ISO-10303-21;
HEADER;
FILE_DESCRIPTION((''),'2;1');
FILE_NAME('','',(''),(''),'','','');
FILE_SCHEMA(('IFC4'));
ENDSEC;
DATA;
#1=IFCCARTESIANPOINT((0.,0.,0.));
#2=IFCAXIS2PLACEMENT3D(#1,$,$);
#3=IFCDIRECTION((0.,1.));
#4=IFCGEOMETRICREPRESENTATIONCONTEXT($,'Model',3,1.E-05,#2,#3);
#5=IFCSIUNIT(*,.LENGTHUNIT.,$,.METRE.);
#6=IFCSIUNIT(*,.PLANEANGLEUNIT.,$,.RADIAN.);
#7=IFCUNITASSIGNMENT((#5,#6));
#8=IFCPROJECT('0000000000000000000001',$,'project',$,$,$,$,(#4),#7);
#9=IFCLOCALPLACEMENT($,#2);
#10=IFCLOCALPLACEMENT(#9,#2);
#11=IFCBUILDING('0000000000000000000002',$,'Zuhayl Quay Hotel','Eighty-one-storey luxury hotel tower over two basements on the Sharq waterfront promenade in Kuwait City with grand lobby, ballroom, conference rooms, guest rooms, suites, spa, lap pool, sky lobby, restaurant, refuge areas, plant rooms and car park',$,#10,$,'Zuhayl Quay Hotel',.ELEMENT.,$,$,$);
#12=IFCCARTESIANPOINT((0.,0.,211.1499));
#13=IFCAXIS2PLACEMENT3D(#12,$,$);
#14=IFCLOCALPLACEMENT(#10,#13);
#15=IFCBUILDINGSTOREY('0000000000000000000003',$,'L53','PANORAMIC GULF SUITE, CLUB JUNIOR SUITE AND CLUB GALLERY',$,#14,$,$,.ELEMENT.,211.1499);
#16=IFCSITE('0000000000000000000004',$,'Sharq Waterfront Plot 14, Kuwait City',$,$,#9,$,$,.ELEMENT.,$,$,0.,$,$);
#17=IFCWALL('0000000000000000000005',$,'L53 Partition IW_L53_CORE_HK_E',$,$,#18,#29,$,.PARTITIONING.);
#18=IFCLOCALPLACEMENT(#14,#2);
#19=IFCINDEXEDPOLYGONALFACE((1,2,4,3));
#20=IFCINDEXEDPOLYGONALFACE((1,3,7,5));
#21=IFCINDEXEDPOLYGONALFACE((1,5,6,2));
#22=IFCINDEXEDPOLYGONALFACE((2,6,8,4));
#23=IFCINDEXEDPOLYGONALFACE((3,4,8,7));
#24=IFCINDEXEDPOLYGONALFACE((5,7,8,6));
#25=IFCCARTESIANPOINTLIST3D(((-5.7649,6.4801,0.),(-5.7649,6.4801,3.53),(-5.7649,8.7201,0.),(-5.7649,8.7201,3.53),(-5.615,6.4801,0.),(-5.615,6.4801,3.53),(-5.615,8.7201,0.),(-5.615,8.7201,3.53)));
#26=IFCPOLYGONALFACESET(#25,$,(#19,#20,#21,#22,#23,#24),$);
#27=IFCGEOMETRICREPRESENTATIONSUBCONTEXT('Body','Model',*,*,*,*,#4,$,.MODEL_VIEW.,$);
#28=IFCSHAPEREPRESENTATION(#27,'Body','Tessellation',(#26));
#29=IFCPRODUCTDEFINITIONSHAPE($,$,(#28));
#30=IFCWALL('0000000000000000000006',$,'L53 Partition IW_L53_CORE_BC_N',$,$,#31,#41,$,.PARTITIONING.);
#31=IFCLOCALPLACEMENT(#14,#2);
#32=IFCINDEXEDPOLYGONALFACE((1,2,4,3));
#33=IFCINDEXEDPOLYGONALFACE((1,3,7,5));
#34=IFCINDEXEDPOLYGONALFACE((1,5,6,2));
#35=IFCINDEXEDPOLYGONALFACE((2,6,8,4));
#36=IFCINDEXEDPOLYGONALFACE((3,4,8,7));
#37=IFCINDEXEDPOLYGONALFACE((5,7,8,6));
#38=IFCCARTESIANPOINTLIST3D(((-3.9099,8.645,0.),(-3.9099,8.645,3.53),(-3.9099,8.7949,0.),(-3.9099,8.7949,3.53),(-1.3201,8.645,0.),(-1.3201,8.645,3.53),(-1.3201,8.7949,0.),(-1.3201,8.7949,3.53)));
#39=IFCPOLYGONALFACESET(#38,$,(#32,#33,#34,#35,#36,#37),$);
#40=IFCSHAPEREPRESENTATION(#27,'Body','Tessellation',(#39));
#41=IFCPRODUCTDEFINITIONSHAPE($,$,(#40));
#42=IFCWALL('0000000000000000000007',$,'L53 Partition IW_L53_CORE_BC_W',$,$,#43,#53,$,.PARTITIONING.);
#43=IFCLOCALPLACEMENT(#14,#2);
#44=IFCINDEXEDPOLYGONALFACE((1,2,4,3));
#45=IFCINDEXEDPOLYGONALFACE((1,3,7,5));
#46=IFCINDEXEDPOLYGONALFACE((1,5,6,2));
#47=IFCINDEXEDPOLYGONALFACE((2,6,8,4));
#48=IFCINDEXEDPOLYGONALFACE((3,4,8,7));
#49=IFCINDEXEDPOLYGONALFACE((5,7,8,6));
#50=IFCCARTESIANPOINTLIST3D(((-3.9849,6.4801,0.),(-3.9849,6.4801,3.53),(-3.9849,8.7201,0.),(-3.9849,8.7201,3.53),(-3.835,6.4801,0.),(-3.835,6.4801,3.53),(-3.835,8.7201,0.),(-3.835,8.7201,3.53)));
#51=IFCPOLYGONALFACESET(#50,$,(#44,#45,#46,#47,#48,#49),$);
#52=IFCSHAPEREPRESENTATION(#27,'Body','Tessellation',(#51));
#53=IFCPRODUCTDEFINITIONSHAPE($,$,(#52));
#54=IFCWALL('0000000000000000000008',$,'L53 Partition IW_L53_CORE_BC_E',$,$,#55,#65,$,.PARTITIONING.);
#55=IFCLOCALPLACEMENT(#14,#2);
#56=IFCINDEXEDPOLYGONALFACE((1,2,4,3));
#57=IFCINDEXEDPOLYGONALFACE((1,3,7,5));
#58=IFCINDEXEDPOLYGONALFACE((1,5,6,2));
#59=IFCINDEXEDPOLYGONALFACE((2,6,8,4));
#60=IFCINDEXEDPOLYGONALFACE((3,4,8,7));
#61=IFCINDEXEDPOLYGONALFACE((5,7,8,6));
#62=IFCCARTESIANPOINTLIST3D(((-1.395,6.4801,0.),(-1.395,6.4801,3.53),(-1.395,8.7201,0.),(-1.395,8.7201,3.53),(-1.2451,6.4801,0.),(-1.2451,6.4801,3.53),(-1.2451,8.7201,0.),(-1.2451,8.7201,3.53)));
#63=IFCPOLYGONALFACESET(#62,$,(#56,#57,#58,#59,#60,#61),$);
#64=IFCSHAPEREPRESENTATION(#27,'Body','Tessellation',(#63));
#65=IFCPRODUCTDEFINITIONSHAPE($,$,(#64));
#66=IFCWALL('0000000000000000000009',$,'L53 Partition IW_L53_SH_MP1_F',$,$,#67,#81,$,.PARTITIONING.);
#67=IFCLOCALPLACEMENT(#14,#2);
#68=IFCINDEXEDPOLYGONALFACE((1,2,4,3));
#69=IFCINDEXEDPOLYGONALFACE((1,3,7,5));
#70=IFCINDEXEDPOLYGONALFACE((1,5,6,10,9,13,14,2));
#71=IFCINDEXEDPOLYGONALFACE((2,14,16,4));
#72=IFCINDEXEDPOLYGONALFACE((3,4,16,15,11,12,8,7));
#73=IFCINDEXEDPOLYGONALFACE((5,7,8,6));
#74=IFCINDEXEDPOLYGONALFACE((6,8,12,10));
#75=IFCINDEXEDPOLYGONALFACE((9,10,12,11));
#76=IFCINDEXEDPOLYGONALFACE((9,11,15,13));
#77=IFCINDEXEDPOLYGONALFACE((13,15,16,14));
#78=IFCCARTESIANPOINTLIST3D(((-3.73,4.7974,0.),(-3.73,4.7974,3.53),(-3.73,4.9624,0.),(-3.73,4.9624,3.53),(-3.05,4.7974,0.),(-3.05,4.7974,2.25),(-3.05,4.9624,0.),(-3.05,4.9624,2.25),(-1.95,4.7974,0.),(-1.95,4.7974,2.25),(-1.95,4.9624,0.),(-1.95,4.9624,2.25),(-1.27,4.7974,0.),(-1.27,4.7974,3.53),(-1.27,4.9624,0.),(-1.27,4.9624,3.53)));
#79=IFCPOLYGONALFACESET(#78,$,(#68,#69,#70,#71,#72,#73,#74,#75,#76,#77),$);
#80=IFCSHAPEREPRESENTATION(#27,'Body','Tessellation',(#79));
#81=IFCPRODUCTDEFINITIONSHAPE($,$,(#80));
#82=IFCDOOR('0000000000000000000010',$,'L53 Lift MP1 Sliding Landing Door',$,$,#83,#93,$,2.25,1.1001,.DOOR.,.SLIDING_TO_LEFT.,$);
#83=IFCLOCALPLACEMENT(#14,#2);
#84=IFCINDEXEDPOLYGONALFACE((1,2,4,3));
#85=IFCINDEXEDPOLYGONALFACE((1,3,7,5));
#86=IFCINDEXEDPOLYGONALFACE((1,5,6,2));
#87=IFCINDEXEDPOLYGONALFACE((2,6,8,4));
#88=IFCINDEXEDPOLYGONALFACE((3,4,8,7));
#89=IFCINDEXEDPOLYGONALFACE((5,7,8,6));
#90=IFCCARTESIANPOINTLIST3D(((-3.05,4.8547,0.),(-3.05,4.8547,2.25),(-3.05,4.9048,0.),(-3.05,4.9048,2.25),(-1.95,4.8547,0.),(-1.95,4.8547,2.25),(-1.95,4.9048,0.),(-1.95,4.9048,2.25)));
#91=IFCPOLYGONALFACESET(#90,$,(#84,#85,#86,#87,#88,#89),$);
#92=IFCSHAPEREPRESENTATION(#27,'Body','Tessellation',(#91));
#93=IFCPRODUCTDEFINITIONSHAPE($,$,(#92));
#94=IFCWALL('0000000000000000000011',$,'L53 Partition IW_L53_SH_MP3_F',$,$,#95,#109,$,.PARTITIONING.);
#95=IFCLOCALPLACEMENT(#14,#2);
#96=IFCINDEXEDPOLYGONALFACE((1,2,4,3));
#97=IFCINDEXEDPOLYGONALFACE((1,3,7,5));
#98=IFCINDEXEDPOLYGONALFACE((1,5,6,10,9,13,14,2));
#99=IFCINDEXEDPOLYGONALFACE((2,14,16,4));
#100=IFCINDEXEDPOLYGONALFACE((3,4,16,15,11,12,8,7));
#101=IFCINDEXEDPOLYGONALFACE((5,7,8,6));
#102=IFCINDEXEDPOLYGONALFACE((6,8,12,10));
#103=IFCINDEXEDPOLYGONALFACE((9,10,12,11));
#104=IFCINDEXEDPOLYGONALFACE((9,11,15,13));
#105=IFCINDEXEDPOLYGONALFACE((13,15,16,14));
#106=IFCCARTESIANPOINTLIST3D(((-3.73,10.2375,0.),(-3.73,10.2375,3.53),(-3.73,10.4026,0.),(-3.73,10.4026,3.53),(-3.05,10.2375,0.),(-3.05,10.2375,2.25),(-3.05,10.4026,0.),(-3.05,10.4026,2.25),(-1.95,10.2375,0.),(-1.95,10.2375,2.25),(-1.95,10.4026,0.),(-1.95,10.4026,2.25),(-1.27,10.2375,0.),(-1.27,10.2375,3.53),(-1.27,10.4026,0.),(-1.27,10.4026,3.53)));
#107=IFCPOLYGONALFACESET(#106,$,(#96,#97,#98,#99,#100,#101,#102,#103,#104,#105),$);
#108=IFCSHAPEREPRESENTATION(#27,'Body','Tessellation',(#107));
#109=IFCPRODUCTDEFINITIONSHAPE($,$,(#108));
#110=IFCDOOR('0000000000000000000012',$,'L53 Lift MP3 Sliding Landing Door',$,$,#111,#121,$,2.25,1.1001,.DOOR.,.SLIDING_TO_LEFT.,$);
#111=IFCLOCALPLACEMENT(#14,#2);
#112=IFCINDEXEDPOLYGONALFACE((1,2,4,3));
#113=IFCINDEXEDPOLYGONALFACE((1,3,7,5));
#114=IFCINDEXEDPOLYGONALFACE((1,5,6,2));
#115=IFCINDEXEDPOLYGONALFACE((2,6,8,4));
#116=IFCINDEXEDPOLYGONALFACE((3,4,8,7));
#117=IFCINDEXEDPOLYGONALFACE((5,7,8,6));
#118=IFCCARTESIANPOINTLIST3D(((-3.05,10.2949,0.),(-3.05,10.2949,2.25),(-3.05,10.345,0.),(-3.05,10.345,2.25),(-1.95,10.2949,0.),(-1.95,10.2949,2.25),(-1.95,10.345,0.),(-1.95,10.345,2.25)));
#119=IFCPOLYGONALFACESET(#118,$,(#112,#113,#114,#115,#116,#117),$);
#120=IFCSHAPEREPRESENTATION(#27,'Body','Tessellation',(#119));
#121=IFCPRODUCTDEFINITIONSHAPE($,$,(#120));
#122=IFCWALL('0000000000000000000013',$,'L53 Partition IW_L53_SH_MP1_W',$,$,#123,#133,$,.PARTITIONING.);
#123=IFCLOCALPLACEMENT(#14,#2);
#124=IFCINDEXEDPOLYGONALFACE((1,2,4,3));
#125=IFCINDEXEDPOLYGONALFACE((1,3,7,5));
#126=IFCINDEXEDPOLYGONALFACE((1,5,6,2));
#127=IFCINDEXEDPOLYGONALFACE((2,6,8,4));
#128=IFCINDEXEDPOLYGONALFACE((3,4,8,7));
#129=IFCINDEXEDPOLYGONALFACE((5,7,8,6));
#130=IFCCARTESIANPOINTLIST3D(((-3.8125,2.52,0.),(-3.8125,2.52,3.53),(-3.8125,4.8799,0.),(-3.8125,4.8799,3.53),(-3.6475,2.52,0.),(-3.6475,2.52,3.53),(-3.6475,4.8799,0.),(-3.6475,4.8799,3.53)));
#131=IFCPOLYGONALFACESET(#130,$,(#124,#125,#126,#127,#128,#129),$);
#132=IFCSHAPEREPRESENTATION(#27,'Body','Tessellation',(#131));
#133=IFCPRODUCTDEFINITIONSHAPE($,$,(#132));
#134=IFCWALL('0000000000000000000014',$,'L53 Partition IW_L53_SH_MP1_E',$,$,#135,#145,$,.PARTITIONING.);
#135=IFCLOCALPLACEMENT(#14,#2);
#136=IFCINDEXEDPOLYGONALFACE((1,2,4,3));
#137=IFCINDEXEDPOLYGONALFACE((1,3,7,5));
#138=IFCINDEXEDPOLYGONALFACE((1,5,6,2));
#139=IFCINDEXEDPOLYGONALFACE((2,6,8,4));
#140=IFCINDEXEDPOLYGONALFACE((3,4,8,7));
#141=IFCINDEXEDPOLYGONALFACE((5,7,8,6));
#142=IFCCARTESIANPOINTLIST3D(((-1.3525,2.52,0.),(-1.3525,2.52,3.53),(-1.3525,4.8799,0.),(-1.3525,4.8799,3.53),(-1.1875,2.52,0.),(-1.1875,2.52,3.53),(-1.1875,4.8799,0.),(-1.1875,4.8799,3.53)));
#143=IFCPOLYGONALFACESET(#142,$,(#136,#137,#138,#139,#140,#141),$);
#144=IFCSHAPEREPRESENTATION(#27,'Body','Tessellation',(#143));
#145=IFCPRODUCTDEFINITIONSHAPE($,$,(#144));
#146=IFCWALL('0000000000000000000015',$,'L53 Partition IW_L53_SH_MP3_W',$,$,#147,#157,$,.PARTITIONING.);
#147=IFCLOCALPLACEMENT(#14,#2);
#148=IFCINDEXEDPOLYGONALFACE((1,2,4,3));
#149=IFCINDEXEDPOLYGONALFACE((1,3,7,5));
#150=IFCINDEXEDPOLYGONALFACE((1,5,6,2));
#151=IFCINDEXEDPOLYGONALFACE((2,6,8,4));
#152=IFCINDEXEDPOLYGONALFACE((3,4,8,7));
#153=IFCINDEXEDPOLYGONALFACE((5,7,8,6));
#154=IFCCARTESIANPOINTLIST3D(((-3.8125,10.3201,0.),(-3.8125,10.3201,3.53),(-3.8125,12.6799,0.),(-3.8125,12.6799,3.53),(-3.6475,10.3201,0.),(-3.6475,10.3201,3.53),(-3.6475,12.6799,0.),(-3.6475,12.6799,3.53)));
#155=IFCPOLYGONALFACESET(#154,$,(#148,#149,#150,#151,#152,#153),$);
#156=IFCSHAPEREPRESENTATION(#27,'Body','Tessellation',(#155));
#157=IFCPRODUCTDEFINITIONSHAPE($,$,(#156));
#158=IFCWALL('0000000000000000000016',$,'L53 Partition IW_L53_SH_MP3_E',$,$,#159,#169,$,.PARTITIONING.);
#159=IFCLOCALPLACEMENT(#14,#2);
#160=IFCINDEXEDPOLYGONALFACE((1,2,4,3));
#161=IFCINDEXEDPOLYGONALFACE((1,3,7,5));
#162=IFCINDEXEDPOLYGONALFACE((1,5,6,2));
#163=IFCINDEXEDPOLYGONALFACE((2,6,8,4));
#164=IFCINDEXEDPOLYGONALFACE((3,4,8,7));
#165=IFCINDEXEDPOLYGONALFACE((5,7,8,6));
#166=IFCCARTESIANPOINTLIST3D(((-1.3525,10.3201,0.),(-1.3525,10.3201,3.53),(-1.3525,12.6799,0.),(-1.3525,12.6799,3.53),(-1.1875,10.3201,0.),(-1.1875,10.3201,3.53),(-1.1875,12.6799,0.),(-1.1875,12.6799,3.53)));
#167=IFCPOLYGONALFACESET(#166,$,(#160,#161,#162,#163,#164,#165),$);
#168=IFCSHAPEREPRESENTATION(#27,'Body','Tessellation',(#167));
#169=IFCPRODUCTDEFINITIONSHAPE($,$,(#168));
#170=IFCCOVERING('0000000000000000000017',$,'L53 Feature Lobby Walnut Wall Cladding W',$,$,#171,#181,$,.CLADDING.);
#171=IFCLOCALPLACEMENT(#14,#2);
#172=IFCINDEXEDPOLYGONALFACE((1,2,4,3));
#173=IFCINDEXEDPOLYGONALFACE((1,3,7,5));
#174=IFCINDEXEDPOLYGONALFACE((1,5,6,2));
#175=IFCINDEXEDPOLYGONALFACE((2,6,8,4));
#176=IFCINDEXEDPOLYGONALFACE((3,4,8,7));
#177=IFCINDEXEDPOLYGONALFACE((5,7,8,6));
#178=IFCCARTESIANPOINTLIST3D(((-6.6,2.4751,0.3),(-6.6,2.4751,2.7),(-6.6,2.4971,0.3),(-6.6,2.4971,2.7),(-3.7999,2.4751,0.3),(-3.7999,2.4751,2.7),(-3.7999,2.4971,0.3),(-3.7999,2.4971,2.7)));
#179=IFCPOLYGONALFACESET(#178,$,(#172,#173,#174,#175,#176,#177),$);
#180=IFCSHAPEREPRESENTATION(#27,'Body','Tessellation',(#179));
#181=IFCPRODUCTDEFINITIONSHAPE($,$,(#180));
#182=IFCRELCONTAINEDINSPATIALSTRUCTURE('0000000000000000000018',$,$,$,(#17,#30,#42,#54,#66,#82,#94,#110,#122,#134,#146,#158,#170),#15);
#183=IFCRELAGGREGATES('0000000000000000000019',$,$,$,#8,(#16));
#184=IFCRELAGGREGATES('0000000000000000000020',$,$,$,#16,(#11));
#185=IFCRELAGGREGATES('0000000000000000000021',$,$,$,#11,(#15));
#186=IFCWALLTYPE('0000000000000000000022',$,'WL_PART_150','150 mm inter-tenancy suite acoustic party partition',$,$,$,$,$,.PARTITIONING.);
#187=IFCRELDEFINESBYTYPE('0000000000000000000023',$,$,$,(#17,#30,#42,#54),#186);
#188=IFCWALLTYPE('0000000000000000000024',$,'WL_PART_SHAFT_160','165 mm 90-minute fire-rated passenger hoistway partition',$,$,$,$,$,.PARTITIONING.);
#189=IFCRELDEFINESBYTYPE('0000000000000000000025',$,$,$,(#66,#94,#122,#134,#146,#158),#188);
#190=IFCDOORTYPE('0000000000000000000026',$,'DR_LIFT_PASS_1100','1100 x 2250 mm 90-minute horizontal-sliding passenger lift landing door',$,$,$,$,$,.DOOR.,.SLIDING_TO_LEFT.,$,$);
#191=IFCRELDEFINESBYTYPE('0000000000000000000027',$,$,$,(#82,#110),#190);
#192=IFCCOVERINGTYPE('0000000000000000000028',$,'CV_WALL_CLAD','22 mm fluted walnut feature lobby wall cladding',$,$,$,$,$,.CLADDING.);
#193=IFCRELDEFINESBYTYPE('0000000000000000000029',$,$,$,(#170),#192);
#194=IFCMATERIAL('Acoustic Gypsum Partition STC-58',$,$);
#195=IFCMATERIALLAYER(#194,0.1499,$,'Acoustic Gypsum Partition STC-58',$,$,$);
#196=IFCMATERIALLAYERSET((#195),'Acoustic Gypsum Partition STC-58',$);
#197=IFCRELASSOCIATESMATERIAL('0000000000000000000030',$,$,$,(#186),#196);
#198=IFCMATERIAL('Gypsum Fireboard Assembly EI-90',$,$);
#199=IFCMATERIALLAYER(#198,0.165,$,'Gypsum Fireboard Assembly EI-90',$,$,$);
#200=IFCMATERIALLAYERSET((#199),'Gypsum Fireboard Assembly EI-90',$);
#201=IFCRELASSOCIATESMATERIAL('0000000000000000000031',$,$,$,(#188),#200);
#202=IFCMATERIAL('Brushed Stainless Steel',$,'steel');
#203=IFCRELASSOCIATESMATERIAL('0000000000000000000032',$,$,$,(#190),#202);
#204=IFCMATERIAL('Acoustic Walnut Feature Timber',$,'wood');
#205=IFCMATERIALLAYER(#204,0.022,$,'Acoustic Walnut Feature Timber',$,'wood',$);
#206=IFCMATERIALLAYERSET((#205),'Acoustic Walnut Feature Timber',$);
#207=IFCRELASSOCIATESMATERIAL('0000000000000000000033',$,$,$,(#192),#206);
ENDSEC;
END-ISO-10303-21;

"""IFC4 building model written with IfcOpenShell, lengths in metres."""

from ifc_helpers import new_model, si_unit, direction, frame, frame_2d, origin, origin_2d, place, context, subcontext, project, spatial, rectangle, extrude, material, layer, layer_set, type_object, element, fill, save


model = new_model("IFC4")

# Units and contexts
model_context = context("Model", 3, precision=1e-05, world=origin(), true_north=direction((0.0, 1.0)))
body_context = subcontext(model_context, "Body", "Model", "MODEL_VIEW")
ifc_project = project(units=[si_unit("LENGTHUNIT", "METRE"), si_unit("PLANEANGLEUNIT", "RADIAN")], contexts=[model_context])

# Site, building, storey
site_placement = place(None, origin())
site = spatial("IfcSite", under=ifc_project, at=site_placement, Name="Sharq Waterfront Plot 14, Kuwait City", CompositionType="ELEMENT", RefElevation=0.0)
building_placement = place(site_placement, origin())
building = spatial("IfcBuilding", under=site, at=building_placement, Name="Zuhayl Quay Hotel", Description="Eighty-one-storey luxury hotel tower over two basements on the Sharq waterfront promenade in Kuwait City with grand lobby, ballroom, conference rooms, guest rooms, suites, spa, lap pool, sky lobby, restaurant, refuge areas, plant rooms and car park", LongName="Zuhayl Quay Hotel", CompositionType="ELEMENT")
storey_placement = place(building_placement, frame((0.0, 0.0, 211.1499)))
storey = spatial("IfcBuildingStorey", under=building, at=storey_placement, Name="L53", Description="PANORAMIC GULF SUITE, CLUB JUNIOR SUITE AND CLUB GALLERY", CompositionType="ELEMENT", Elevation=211.1499)

# Shared definitions
ifc_material_1 = material(Name="Acoustic Gypsum Partition STC-58")
ifc_layer_1 = layer(ifc_material_1, 0.1499, Name="Acoustic Gypsum Partition STC-58")
ifc_layer_set_1 = layer_set([ifc_layer_1], Name="Acoustic Gypsum Partition STC-58")
wall_type_1 = type_object("IfcWallType", Name="WL_PART_150", Description="150 mm inter-tenancy suite acoustic party partition", PredefinedType="PARTITIONING", material=ifc_layer_set_1)

# Walls
wall_1_placement = place(storey_placement, frame((-5.6899, 6.48, 0.0), z_axis=(0.0, 0.0, 1.0), x_axis=(0.0, 1.0, 0.0)))
element("IfcWall", 1, at=wall_1_placement, inside=storey, type_object=wall_type_1, Name="L53 Partition IW_L53_CORE_HK_E", PredefinedType="PARTITIONING", context=body_context, shape_type="SweptSolid", body=[
    extrude(rectangle(XDim=2.24, YDim=0.1499, at=frame_2d((1.1201, 0.0))), origin(), (0.0, 0.0, 1.0), 3.53),
])
wall_2_placement = place(storey_placement, frame((-3.9099, 8.72, 0.0), z_axis=(0.0, 0.0, 1.0), x_axis=(1.0, 0.0, 0.0)))
element("IfcWall", 2, at=wall_2_placement, inside=storey, type_object=wall_type_1, Name="L53 Partition IW_L53_CORE_BC_N", PredefinedType="PARTITIONING", context=body_context, shape_type="SweptSolid", body=[
    extrude(rectangle(XDim=2.5898, YDim=0.1499, at=frame_2d((1.2949, 0.0))), origin(), (0.0, 0.0, 1.0), 3.53),
])
for number, where, z_axis, x_axis, name in (
    (3, (-3.9099, 6.48, 0.0), (0.0, 0.0, 1.0), (0.0, 1.0, 0.0), "L53 Partition IW_L53_CORE_BC_W"),
    (4, (-1.3201, 6.48, 0.0), (0.0, 0.0, 1.0), (0.0, 1.0, 0.0), "L53 Partition IW_L53_CORE_BC_E"),
):
    element("IfcWall", number, at=place(storey_placement, frame(where, z_axis=z_axis, x_axis=x_axis)), inside=storey, type_object=wall_type_1, Name=name, PredefinedType="PARTITIONING", context=body_context, shape_type="SweptSolid", body=[
        extrude(rectangle(XDim=2.24, YDim=0.1499, at=frame_2d((1.1201, 0.0))), origin(), (0.0, 0.0, 1.0), 3.53),
    ])

# Walls, openings, doors
ifc_material_2 = material(Name="Gypsum Fireboard Assembly EI-90")
ifc_layer_2 = layer(ifc_material_2, 0.165, Name="Gypsum Fireboard Assembly EI-90")
ifc_layer_set_2 = layer_set([ifc_layer_2], Name="Gypsum Fireboard Assembly EI-90")
wall_type_2 = type_object("IfcWallType", Name="WL_PART_SHAFT_160", Description="165 mm 90-minute fire-rated passenger hoistway partition", PredefinedType="PARTITIONING", material=ifc_layer_set_2)
wall_3_placement = place(storey_placement, frame((-3.73, 4.8799, 0.0), z_axis=(0.0, 0.0, 1.0), x_axis=(1.0, 0.0, 0.0)))
wall_3 = element("IfcWall", 5, at=wall_3_placement, inside=storey, type_object=wall_type_2, Name="L53 Partition IW_L53_SH_MP1_F", PredefinedType="PARTITIONING", context=body_context, shape_type="SweptSolid", body=[
    extrude(rectangle(XDim=2.46, YDim=0.165, at=frame_2d((1.23, 0.0))), origin(), (0.0, 0.0, 1.0), 3.53),
])
opening_1_placement = place(wall_3_placement, frame((0.6799, 0.0, 0.0)))
opening_1 = element("IfcOpeningElement", 6, at=opening_1_placement, cuts=wall_3, PredefinedType="OPENING", context=body_context, shape_type="SweptSolid", body=[
    extrude(rectangle(XDim=1.1001, YDim=2.25, at=frame_2d((0.55, 1.125))), frame((0.0, 0.0925, 0.0), z_axis=(0.0, -1.0, 0.0), x_axis=(1.0, 0.0, 0.0)), (0.0, 0.0, 1.0), 0.1851),
])
ifc_material_3 = material(Name="Brushed Stainless Steel", Category="steel")
door_type_1 = type_object("IfcDoorType", Name="DR_LIFT_PASS_1100", Description="1100 x 2250 mm 90-minute horizontal-sliding passenger lift landing door", OperationType="SLIDING_TO_LEFT", PredefinedType="DOOR", material=ifc_material_3)
door_1_placement = place(opening_1_placement, origin())
door_1 = element("IfcDoor", 7, at=door_1_placement, inside=storey, type_object=door_type_1, Name="L53 Lift MP1 Sliding Landing Door", OperationType="SLIDING_TO_LEFT", OverallHeight=2.25, OverallWidth=1.1001, PredefinedType="DOOR", context=body_context, shape_type="SweptSolid", body=[
    extrude(rectangle(XDim=1.1001, YDim=2.25, at=frame_2d((0.55, 1.125))), frame((0.0, 0.0249, 0.0), z_axis=(0.0, -1.0, 0.0), x_axis=(1.0, 0.0, 0.0)), (0.0, 0.0, 1.0), 0.05),
])
fill(opening_1, door_1)
wall_4_placement = place(storey_placement, frame((-3.73, 10.3201, 0.0), z_axis=(0.0, 0.0, 1.0), x_axis=(1.0, 0.0, 0.0)))
wall_4 = element("IfcWall", 8, at=wall_4_placement, inside=storey, type_object=wall_type_2, Name="L53 Partition IW_L53_SH_MP3_F", PredefinedType="PARTITIONING", context=body_context, shape_type="SweptSolid", body=[
    extrude(rectangle(XDim=2.46, YDim=0.165, at=frame_2d((1.23, 0.0))), origin(), (0.0, 0.0, 1.0), 3.53),
])
opening_2_placement = place(wall_4_placement, frame((0.6799, 0.0, 0.0)))
opening_2 = element("IfcOpeningElement", 9, at=opening_2_placement, cuts=wall_4, PredefinedType="OPENING", context=body_context, shape_type="SweptSolid", body=[
    extrude(rectangle(XDim=1.1001, YDim=2.25, at=frame_2d((0.55, 1.125))), frame((0.0, 0.0925, 0.0), z_axis=(0.0, -1.0, 0.0), x_axis=(1.0, 0.0, 0.0)), (0.0, 0.0, 1.0), 0.1851),
])
door_2_placement = place(opening_2_placement, origin())
door_2 = element("IfcDoor", 10, at=door_2_placement, inside=storey, type_object=door_type_1, Name="L53 Lift MP3 Sliding Landing Door", OperationType="SLIDING_TO_LEFT", OverallHeight=2.25, OverallWidth=1.1001, PredefinedType="DOOR", context=body_context, shape_type="SweptSolid", body=[
    extrude(rectangle(XDim=1.1001, YDim=2.25, at=frame_2d((0.55, 1.125))), frame((0.0, 0.0249, 0.0), z_axis=(0.0, -1.0, 0.0), x_axis=(1.0, 0.0, 0.0)), (0.0, 0.0, 1.0), 0.05),
])
fill(opening_2, door_2)

# Walls
for number, where, z_axis, x_axis, name in (
    (11, (-3.73, 2.52, 0.0), (0.0, 0.0, 1.0), (0.0, 1.0, 0.0), "L53 Partition IW_L53_SH_MP1_W"),
    (12, (-1.27, 2.52, 0.0), (0.0, 0.0, 1.0), (0.0, 1.0, 0.0), "L53 Partition IW_L53_SH_MP1_E"),
    (13, (-3.73, 10.3201, 0.0), (0.0, 0.0, 1.0), (0.0, 1.0, 0.0), "L53 Partition IW_L53_SH_MP3_W"),
    (14, (-1.27, 10.3201, 0.0), (0.0, 0.0, 1.0), (0.0, 1.0, 0.0), "L53 Partition IW_L53_SH_MP3_E"),
):
    element("IfcWall", number, at=place(storey_placement, frame(where, z_axis=z_axis, x_axis=x_axis)), inside=storey, type_object=wall_type_2, Name=name, PredefinedType="PARTITIONING", context=body_context, shape_type="SweptSolid", body=[
        extrude(rectangle(XDim=2.3599, YDim=0.165, at=frame_2d((1.1799, 0.0))), origin(), (0.0, 0.0, 1.0), 3.53),
    ])

# Covering
ifc_material_4 = material(Name="Acoustic Walnut Feature Timber", Category="wood")
ifc_layer_3 = layer(ifc_material_4, 0.022, Name="Acoustic Walnut Feature Timber", Category="wood")
ifc_layer_set_3 = layer_set([ifc_layer_3], Name="Acoustic Walnut Feature Timber")
covering_type = type_object("IfcCoveringType", Name="CV_WALL_CLAD", Description="22 mm fluted walnut feature lobby wall cladding", PredefinedType="CLADDING", material=ifc_layer_set_3)
covering_placement = place(storey_placement, frame((-5.2, 2.4861, 0.3), z_axis=(0.0, 0.0, 1.0), x_axis=(1.0, 0.0, 0.0)))
element("IfcCovering", 15, at=covering_placement, inside=storey, type_object=covering_type, Name="L53 Feature Lobby Walnut Wall Cladding W", PredefinedType="CLADDING", context=body_context, shape_type="SweptSolid", body=[
    extrude(rectangle(XDim=2.8, YDim=0.022, at=origin_2d()), origin(), (0.0, 0.0, 1.0), 2.3999),
])

save(model, "model.ifc")
